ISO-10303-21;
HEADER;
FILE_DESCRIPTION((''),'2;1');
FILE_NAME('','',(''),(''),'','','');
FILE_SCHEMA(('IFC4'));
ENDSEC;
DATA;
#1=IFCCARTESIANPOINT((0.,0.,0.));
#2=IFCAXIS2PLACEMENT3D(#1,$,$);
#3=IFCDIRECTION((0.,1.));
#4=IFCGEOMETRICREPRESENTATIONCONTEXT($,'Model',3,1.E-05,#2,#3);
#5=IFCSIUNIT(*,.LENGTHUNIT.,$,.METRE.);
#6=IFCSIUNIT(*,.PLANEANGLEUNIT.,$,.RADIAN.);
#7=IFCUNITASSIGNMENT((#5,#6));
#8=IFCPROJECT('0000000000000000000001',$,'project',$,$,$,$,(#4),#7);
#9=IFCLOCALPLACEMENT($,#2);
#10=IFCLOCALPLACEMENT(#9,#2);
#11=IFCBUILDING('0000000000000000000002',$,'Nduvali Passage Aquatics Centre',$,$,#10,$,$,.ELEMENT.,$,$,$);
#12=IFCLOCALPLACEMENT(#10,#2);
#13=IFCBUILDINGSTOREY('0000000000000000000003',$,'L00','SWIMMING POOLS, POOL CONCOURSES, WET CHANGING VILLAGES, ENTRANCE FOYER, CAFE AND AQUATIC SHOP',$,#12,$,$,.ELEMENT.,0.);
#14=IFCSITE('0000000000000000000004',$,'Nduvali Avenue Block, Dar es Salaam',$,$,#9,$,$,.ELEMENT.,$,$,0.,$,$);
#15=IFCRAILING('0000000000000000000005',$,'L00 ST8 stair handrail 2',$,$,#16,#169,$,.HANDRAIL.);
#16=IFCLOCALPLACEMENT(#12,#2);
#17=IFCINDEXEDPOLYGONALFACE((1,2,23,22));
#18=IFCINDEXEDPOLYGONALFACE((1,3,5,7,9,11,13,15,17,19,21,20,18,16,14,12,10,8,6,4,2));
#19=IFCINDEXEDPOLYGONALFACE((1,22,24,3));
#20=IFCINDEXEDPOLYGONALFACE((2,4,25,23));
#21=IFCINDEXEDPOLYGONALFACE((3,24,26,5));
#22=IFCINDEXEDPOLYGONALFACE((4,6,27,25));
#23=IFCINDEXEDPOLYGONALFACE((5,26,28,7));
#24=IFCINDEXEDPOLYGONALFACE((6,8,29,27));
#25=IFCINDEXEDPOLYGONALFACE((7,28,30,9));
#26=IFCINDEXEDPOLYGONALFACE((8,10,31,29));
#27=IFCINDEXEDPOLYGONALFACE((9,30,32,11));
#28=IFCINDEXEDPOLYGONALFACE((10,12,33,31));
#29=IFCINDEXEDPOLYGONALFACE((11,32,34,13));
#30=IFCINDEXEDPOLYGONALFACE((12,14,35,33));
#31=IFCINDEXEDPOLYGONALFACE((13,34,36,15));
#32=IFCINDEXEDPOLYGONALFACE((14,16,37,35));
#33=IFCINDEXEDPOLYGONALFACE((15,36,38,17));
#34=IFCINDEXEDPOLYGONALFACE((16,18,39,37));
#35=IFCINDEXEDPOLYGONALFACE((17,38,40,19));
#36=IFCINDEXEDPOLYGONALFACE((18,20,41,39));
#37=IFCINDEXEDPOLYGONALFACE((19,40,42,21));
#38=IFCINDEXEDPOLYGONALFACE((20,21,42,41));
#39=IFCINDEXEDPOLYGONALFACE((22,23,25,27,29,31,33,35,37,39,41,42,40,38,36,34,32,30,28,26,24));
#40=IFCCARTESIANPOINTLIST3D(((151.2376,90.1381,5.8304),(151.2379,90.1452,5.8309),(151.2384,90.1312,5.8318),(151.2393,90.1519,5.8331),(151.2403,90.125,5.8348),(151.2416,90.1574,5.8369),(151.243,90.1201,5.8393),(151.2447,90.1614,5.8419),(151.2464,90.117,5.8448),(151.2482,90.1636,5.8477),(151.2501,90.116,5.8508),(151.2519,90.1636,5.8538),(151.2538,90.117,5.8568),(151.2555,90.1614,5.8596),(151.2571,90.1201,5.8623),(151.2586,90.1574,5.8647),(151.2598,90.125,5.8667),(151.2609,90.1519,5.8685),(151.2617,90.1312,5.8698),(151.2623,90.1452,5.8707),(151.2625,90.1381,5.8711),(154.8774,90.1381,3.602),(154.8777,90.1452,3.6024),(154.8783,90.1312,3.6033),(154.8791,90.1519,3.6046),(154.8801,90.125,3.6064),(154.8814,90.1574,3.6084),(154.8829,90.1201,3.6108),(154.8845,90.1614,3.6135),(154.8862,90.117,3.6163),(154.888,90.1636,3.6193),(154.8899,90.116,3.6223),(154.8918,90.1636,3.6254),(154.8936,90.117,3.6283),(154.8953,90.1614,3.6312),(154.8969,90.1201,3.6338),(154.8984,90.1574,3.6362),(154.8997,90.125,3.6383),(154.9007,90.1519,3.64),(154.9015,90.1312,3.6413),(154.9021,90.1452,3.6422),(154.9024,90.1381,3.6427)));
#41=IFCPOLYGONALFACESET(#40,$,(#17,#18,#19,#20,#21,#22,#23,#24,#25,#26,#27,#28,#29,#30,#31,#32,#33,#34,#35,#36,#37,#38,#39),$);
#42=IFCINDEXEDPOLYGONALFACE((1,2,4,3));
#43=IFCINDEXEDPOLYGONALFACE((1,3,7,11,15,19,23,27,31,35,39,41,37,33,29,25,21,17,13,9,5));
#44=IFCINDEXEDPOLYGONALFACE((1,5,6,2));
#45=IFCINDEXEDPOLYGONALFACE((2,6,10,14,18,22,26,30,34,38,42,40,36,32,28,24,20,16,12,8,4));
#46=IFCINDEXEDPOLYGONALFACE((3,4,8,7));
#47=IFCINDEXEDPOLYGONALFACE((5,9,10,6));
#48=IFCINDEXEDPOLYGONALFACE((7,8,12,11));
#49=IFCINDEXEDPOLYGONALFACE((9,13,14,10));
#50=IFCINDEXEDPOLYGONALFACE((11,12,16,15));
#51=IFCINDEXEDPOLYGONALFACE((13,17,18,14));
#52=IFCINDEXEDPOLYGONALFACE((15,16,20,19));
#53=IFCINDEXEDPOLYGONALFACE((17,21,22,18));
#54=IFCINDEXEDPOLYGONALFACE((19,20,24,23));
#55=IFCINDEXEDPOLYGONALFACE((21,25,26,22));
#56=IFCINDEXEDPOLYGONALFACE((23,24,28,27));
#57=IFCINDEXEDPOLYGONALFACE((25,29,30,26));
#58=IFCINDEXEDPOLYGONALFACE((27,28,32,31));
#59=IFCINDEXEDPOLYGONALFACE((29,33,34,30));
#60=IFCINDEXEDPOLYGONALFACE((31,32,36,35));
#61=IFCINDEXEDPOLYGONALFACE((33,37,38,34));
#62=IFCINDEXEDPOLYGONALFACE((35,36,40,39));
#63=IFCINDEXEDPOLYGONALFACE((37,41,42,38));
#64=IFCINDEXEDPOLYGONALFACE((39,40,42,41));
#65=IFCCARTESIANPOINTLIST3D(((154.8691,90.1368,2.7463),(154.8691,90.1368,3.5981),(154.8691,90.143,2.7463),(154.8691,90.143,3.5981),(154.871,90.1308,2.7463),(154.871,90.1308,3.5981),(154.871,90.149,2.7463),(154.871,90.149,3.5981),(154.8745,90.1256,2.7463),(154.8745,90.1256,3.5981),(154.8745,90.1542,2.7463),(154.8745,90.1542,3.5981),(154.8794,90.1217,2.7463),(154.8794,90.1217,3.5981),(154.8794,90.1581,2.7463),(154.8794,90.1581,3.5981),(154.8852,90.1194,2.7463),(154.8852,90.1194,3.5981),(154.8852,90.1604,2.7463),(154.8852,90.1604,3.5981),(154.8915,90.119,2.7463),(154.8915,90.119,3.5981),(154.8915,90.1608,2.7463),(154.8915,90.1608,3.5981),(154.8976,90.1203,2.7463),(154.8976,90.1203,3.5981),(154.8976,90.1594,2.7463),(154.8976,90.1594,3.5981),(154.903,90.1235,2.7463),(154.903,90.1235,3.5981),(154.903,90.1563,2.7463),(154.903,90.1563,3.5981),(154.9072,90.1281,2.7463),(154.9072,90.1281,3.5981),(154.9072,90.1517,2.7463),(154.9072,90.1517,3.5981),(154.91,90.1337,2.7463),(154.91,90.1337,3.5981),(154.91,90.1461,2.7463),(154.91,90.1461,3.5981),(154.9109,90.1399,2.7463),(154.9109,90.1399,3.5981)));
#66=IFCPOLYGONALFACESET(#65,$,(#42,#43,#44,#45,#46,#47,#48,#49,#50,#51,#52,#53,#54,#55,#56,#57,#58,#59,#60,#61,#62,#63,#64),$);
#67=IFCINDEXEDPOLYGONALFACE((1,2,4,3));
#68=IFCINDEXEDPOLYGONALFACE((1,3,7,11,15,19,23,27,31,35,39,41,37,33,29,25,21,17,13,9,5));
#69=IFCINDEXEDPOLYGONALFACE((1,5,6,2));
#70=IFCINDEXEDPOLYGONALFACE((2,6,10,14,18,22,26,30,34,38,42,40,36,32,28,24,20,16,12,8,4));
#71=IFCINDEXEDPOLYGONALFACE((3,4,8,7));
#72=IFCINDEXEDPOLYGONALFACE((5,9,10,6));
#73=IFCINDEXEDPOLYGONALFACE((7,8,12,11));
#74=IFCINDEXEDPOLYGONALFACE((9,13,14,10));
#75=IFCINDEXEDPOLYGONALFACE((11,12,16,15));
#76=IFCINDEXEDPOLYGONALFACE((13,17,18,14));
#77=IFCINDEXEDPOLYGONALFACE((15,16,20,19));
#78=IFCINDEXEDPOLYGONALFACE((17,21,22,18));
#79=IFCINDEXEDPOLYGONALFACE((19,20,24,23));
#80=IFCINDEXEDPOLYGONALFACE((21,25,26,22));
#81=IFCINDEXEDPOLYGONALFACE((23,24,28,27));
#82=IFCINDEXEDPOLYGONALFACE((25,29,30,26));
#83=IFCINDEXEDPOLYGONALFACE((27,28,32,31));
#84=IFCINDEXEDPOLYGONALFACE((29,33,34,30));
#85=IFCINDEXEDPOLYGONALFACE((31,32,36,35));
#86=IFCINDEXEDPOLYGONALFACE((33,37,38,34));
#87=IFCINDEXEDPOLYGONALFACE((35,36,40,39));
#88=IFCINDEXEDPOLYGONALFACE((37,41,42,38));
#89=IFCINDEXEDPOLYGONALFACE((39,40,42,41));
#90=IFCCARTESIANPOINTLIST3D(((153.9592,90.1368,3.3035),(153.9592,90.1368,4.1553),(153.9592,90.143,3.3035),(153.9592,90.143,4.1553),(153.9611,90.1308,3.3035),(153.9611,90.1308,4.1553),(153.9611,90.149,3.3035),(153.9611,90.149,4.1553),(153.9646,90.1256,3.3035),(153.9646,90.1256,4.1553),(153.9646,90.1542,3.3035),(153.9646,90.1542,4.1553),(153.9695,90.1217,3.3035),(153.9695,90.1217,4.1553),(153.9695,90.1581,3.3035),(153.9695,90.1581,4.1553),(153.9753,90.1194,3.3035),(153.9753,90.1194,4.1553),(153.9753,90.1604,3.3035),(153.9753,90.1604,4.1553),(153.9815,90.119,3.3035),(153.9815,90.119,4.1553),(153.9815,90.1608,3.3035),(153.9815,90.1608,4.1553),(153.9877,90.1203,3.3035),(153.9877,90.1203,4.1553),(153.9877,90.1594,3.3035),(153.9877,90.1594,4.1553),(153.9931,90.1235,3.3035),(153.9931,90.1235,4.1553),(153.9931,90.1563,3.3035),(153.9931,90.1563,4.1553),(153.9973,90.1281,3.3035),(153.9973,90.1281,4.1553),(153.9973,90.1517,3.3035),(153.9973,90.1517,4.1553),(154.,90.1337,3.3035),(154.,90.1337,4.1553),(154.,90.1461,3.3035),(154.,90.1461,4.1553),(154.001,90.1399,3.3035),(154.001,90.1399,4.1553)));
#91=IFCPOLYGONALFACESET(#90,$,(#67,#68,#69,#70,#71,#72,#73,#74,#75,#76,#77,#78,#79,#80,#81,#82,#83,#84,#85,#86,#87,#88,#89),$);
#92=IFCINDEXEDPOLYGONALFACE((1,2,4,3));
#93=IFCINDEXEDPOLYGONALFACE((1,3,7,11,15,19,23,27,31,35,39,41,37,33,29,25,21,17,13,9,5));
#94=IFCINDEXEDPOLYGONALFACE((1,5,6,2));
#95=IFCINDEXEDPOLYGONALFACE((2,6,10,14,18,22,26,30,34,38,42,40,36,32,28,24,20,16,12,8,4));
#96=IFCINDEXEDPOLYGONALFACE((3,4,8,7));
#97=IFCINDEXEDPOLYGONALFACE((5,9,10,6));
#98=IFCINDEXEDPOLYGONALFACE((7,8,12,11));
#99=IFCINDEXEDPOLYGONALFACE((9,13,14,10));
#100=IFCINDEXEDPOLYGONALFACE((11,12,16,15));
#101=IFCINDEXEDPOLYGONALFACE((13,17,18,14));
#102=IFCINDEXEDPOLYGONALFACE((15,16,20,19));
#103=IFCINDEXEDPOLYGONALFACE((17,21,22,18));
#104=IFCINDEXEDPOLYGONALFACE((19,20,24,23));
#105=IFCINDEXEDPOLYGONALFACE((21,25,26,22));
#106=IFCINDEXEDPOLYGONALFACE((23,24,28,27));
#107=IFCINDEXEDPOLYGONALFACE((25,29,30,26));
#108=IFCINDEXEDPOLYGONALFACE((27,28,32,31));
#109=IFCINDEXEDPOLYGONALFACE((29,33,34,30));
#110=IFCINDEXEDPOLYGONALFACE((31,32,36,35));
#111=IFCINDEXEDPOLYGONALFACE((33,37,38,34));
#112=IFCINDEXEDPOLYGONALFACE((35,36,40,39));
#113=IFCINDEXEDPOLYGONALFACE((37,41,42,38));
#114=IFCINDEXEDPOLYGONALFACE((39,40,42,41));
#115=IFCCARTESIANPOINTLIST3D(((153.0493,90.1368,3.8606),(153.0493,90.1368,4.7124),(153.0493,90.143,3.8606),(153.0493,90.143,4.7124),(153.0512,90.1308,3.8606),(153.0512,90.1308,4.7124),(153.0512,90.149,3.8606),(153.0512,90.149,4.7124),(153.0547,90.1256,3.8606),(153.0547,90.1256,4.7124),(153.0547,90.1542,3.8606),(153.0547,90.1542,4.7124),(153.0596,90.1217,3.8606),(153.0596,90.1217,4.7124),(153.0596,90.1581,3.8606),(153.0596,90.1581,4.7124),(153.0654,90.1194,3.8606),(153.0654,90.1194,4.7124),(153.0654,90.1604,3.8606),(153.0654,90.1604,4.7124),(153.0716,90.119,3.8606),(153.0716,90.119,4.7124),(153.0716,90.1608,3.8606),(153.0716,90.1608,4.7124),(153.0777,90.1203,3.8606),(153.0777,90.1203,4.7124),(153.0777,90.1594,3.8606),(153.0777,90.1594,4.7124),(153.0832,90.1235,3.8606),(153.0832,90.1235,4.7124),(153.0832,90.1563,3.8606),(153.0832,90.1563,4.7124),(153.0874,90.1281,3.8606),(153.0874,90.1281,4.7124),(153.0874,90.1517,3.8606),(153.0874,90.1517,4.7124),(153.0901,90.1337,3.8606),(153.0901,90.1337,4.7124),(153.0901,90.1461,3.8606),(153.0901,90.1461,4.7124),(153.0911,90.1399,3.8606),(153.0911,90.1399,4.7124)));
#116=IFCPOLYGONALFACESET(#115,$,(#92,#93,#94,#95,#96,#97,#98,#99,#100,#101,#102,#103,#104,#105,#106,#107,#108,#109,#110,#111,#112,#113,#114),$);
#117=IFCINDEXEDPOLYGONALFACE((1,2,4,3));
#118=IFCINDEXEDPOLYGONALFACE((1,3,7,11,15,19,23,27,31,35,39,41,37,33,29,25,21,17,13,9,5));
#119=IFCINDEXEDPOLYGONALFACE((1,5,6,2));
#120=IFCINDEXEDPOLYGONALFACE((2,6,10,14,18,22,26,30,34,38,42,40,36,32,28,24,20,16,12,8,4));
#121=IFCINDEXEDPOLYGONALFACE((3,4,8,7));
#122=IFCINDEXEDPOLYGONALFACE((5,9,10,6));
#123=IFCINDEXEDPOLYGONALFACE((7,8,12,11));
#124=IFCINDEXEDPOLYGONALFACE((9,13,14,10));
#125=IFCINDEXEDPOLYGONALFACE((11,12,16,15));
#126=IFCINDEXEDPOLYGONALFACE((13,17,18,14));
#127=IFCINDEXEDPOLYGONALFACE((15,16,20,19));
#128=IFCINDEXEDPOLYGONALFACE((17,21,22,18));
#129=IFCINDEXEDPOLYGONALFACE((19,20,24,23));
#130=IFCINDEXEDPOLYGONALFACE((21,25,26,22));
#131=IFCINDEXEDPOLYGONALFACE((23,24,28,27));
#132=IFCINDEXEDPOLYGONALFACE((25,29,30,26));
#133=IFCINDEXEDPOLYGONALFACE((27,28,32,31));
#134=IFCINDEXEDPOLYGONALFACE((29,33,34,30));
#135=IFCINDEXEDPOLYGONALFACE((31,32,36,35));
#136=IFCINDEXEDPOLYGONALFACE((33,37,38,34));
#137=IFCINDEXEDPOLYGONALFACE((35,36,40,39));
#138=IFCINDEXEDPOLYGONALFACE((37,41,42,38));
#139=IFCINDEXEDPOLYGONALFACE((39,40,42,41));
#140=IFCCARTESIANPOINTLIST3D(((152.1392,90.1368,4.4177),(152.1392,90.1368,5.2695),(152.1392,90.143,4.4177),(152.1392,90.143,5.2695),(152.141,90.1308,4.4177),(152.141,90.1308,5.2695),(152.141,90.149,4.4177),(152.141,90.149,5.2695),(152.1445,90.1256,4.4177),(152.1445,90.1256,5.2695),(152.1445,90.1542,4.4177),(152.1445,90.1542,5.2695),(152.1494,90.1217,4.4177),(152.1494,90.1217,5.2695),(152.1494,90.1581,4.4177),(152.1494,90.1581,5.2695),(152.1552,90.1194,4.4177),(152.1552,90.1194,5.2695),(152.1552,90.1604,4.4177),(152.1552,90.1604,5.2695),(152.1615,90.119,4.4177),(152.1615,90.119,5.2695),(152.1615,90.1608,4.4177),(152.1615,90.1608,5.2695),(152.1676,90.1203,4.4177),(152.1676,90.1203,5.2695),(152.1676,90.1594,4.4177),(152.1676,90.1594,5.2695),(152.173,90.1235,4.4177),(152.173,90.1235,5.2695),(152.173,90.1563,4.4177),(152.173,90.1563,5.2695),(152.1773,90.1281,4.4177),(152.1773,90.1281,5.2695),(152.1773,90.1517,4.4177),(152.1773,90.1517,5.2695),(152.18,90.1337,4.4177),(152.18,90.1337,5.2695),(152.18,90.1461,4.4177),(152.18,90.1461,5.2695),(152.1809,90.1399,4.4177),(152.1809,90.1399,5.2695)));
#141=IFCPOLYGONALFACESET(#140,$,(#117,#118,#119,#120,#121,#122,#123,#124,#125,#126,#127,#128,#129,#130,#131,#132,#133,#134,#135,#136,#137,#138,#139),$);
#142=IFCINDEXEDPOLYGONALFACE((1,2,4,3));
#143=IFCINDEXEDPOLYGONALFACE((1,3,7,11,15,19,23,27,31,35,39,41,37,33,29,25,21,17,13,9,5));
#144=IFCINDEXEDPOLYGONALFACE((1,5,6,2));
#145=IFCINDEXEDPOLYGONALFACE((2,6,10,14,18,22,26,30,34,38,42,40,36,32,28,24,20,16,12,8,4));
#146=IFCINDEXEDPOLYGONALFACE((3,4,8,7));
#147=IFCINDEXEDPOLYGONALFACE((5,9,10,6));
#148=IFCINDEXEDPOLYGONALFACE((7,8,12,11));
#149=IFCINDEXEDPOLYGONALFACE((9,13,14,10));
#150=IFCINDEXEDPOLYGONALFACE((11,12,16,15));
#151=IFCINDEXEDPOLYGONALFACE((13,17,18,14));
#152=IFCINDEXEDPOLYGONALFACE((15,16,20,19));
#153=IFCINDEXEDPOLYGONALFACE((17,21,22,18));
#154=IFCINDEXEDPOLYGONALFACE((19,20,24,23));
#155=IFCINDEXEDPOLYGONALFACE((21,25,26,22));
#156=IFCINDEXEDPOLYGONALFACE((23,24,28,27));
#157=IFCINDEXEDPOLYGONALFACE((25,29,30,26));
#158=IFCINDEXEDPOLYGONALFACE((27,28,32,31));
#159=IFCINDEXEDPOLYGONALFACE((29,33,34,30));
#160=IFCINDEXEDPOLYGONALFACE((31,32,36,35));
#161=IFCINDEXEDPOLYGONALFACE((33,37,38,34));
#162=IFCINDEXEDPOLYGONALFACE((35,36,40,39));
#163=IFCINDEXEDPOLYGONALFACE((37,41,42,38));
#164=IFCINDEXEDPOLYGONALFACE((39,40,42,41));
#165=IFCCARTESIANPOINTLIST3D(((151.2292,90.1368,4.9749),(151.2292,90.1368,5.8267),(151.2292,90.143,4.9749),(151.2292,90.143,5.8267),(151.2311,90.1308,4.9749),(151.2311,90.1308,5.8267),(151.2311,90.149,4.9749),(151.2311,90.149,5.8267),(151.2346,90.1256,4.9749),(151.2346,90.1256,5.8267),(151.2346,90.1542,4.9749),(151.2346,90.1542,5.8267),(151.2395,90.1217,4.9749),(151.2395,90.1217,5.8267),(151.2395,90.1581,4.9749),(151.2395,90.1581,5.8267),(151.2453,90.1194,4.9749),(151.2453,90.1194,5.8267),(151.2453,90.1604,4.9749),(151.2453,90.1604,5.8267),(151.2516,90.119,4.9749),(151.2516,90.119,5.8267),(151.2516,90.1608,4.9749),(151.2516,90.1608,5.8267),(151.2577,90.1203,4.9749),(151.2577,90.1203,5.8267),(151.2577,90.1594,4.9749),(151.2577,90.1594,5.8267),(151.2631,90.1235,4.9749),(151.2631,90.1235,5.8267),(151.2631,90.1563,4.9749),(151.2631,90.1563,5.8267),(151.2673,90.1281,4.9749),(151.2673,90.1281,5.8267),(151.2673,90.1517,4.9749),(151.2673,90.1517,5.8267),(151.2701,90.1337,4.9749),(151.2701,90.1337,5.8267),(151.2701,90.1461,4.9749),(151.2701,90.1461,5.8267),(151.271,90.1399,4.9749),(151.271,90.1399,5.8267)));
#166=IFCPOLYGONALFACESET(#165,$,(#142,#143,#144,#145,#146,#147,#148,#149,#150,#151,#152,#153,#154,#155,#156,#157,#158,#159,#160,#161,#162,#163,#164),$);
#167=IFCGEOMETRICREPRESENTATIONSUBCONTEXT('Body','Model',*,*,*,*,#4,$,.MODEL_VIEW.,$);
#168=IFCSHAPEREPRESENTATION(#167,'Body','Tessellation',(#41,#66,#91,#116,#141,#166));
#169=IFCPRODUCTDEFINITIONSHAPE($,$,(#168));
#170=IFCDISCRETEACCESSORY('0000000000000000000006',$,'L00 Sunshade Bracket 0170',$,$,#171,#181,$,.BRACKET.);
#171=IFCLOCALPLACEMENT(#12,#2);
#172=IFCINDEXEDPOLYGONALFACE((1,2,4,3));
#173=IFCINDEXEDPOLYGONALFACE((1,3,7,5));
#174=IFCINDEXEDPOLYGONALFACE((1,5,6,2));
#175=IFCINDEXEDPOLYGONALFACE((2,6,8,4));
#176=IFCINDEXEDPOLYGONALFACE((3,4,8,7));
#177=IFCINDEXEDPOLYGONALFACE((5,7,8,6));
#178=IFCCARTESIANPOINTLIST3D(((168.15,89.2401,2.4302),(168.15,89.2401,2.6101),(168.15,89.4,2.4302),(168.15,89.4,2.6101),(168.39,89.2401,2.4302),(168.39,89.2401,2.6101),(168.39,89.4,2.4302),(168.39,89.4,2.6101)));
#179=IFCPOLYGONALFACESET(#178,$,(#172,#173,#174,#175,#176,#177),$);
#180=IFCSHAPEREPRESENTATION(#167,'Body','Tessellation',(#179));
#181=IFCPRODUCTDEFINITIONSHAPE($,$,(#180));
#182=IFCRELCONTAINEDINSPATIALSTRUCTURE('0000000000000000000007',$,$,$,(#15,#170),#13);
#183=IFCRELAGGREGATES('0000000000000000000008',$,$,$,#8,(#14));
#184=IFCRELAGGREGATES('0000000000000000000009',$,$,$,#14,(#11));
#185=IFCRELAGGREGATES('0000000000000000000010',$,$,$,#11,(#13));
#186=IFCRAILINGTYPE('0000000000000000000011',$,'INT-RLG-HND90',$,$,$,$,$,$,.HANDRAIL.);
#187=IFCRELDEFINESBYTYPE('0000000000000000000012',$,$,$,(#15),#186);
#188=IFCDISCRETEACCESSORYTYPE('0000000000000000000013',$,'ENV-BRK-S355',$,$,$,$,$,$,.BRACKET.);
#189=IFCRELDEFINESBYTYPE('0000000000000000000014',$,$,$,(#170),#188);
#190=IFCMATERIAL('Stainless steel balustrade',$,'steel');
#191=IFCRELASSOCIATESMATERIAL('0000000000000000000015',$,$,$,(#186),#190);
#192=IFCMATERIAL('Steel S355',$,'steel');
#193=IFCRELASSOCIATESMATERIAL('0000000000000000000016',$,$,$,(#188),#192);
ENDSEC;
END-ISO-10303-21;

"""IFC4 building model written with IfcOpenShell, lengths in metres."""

from ifc_helpers import new_model, si_unit, direction, frame, origin, origin_2d, place, context, subcontext, project, spatial, rectangle, circle, extrude, material, type_object, element, save


model = new_model("IFC4")

# Units and contexts
model_context = context("Model", 3, precision=1e-05, world=origin(), true_north=direction((0.0, 1.0)))
body_context = subcontext(model_context, "Body", "Model", "MODEL_VIEW")
ifc_project = project(units=[si_unit("LENGTHUNIT", "METRE"), si_unit("PLANEANGLEUNIT", "RADIAN")], contexts=[model_context])

# Site, building, storey
site_placement = place(None, origin())
site = spatial("IfcSite", under=ifc_project, at=site_placement, Name="Nduvali Avenue Block, Dar es Salaam", CompositionType="ELEMENT", RefElevation=0.0)
building_placement = place(site_placement, origin())
building = spatial("IfcBuilding", under=site, at=building_placement, Name="Nduvali Passage Aquatics Centre", CompositionType="ELEMENT")
storey_placement = place(building_placement, origin())
storey = spatial("IfcBuildingStorey", under=building, at=storey_placement, Name="L00", Description="SWIMMING POOLS, POOL CONCOURSES, WET CHANGING VILLAGES, ENTRANCE FOYER, CAFE AND AQUATIC SHOP", CompositionType="ELEMENT", Elevation=0.0)

# Railing
ifc_material_1 = material(Name="Stainless steel balustrade", Category="steel")
railing_type = type_object("IfcRailingType", Name="INT-RLG-HND90", PredefinedType="HANDRAIL", material=ifc_material_1)
railing_placement = place(storey_placement, frame((154.8899, 90.1399, 2.7463)))
element("IfcRailing", 1, at=railing_placement, inside=storey, type_object=railing_type, Name="L00 ST8 stair handrail 2", PredefinedType="HANDRAIL", context=body_context, shape_type="SweptSolid", body=[
    extrude(circle(Radius=0.0239, at=origin_2d()), frame((0.0, 0.0, 0.876), z_axis=(-0.85285, 0.0, 0.522156), x_axis=(0.0, -1.0, 0.0)), (0.0, 0.0, 1.0), 4.2678),
    extrude(circle(Radius=0.021, at=origin_2d()), origin(), (0.0, 0.0, 1.0), 0.8518),
    extrude(circle(Radius=0.021, at=origin_2d()), frame((-0.9099, 0.0, 0.5571)), (0.0, 0.0, 1.0), 0.8518),
    extrude(circle(Radius=0.021, at=origin_2d()), frame((-1.8198, 0.0, 1.1143)), (0.0, 0.0, 1.0), 0.8518),
    extrude(circle(Radius=0.021, at=origin_2d()), frame((-2.73, 0.0, 1.6714)), (0.0, 0.0, 1.0), 0.8518),
    extrude(circle(Radius=0.021, at=origin_2d()), frame((-3.6399, 0.0, 2.2285)), (0.0, 0.0, 1.0), 0.8518),
])

# Discrete accessory
ifc_material_2 = material(Name="Steel S355", Category="steel")
discrete_accessory_type = type_object("IfcDiscreteAccessoryType", Name="ENV-BRK-S355", PredefinedType="BRACKET", material=ifc_material_2)
discrete_accessory_placement = place(storey_placement, frame((168.27, 89.3201, 2.4302), z_axis=(0.0, 0.0, 1.0), x_axis=(0.0, 1.0, 0.0)))
element("IfcDiscreteAccessory", 2, at=discrete_accessory_placement, inside=storey, type_object=discrete_accessory_type, Name="L00 Sunshade Bracket 0170", PredefinedType="BRACKET", context=body_context, shape_type="SweptSolid", body=[
    extrude(rectangle(XDim=0.1599, YDim=0.24, at=origin_2d()), origin(), (0.0, 0.0, 1.0), 0.1799),
])

save(model, "model.ifc")
